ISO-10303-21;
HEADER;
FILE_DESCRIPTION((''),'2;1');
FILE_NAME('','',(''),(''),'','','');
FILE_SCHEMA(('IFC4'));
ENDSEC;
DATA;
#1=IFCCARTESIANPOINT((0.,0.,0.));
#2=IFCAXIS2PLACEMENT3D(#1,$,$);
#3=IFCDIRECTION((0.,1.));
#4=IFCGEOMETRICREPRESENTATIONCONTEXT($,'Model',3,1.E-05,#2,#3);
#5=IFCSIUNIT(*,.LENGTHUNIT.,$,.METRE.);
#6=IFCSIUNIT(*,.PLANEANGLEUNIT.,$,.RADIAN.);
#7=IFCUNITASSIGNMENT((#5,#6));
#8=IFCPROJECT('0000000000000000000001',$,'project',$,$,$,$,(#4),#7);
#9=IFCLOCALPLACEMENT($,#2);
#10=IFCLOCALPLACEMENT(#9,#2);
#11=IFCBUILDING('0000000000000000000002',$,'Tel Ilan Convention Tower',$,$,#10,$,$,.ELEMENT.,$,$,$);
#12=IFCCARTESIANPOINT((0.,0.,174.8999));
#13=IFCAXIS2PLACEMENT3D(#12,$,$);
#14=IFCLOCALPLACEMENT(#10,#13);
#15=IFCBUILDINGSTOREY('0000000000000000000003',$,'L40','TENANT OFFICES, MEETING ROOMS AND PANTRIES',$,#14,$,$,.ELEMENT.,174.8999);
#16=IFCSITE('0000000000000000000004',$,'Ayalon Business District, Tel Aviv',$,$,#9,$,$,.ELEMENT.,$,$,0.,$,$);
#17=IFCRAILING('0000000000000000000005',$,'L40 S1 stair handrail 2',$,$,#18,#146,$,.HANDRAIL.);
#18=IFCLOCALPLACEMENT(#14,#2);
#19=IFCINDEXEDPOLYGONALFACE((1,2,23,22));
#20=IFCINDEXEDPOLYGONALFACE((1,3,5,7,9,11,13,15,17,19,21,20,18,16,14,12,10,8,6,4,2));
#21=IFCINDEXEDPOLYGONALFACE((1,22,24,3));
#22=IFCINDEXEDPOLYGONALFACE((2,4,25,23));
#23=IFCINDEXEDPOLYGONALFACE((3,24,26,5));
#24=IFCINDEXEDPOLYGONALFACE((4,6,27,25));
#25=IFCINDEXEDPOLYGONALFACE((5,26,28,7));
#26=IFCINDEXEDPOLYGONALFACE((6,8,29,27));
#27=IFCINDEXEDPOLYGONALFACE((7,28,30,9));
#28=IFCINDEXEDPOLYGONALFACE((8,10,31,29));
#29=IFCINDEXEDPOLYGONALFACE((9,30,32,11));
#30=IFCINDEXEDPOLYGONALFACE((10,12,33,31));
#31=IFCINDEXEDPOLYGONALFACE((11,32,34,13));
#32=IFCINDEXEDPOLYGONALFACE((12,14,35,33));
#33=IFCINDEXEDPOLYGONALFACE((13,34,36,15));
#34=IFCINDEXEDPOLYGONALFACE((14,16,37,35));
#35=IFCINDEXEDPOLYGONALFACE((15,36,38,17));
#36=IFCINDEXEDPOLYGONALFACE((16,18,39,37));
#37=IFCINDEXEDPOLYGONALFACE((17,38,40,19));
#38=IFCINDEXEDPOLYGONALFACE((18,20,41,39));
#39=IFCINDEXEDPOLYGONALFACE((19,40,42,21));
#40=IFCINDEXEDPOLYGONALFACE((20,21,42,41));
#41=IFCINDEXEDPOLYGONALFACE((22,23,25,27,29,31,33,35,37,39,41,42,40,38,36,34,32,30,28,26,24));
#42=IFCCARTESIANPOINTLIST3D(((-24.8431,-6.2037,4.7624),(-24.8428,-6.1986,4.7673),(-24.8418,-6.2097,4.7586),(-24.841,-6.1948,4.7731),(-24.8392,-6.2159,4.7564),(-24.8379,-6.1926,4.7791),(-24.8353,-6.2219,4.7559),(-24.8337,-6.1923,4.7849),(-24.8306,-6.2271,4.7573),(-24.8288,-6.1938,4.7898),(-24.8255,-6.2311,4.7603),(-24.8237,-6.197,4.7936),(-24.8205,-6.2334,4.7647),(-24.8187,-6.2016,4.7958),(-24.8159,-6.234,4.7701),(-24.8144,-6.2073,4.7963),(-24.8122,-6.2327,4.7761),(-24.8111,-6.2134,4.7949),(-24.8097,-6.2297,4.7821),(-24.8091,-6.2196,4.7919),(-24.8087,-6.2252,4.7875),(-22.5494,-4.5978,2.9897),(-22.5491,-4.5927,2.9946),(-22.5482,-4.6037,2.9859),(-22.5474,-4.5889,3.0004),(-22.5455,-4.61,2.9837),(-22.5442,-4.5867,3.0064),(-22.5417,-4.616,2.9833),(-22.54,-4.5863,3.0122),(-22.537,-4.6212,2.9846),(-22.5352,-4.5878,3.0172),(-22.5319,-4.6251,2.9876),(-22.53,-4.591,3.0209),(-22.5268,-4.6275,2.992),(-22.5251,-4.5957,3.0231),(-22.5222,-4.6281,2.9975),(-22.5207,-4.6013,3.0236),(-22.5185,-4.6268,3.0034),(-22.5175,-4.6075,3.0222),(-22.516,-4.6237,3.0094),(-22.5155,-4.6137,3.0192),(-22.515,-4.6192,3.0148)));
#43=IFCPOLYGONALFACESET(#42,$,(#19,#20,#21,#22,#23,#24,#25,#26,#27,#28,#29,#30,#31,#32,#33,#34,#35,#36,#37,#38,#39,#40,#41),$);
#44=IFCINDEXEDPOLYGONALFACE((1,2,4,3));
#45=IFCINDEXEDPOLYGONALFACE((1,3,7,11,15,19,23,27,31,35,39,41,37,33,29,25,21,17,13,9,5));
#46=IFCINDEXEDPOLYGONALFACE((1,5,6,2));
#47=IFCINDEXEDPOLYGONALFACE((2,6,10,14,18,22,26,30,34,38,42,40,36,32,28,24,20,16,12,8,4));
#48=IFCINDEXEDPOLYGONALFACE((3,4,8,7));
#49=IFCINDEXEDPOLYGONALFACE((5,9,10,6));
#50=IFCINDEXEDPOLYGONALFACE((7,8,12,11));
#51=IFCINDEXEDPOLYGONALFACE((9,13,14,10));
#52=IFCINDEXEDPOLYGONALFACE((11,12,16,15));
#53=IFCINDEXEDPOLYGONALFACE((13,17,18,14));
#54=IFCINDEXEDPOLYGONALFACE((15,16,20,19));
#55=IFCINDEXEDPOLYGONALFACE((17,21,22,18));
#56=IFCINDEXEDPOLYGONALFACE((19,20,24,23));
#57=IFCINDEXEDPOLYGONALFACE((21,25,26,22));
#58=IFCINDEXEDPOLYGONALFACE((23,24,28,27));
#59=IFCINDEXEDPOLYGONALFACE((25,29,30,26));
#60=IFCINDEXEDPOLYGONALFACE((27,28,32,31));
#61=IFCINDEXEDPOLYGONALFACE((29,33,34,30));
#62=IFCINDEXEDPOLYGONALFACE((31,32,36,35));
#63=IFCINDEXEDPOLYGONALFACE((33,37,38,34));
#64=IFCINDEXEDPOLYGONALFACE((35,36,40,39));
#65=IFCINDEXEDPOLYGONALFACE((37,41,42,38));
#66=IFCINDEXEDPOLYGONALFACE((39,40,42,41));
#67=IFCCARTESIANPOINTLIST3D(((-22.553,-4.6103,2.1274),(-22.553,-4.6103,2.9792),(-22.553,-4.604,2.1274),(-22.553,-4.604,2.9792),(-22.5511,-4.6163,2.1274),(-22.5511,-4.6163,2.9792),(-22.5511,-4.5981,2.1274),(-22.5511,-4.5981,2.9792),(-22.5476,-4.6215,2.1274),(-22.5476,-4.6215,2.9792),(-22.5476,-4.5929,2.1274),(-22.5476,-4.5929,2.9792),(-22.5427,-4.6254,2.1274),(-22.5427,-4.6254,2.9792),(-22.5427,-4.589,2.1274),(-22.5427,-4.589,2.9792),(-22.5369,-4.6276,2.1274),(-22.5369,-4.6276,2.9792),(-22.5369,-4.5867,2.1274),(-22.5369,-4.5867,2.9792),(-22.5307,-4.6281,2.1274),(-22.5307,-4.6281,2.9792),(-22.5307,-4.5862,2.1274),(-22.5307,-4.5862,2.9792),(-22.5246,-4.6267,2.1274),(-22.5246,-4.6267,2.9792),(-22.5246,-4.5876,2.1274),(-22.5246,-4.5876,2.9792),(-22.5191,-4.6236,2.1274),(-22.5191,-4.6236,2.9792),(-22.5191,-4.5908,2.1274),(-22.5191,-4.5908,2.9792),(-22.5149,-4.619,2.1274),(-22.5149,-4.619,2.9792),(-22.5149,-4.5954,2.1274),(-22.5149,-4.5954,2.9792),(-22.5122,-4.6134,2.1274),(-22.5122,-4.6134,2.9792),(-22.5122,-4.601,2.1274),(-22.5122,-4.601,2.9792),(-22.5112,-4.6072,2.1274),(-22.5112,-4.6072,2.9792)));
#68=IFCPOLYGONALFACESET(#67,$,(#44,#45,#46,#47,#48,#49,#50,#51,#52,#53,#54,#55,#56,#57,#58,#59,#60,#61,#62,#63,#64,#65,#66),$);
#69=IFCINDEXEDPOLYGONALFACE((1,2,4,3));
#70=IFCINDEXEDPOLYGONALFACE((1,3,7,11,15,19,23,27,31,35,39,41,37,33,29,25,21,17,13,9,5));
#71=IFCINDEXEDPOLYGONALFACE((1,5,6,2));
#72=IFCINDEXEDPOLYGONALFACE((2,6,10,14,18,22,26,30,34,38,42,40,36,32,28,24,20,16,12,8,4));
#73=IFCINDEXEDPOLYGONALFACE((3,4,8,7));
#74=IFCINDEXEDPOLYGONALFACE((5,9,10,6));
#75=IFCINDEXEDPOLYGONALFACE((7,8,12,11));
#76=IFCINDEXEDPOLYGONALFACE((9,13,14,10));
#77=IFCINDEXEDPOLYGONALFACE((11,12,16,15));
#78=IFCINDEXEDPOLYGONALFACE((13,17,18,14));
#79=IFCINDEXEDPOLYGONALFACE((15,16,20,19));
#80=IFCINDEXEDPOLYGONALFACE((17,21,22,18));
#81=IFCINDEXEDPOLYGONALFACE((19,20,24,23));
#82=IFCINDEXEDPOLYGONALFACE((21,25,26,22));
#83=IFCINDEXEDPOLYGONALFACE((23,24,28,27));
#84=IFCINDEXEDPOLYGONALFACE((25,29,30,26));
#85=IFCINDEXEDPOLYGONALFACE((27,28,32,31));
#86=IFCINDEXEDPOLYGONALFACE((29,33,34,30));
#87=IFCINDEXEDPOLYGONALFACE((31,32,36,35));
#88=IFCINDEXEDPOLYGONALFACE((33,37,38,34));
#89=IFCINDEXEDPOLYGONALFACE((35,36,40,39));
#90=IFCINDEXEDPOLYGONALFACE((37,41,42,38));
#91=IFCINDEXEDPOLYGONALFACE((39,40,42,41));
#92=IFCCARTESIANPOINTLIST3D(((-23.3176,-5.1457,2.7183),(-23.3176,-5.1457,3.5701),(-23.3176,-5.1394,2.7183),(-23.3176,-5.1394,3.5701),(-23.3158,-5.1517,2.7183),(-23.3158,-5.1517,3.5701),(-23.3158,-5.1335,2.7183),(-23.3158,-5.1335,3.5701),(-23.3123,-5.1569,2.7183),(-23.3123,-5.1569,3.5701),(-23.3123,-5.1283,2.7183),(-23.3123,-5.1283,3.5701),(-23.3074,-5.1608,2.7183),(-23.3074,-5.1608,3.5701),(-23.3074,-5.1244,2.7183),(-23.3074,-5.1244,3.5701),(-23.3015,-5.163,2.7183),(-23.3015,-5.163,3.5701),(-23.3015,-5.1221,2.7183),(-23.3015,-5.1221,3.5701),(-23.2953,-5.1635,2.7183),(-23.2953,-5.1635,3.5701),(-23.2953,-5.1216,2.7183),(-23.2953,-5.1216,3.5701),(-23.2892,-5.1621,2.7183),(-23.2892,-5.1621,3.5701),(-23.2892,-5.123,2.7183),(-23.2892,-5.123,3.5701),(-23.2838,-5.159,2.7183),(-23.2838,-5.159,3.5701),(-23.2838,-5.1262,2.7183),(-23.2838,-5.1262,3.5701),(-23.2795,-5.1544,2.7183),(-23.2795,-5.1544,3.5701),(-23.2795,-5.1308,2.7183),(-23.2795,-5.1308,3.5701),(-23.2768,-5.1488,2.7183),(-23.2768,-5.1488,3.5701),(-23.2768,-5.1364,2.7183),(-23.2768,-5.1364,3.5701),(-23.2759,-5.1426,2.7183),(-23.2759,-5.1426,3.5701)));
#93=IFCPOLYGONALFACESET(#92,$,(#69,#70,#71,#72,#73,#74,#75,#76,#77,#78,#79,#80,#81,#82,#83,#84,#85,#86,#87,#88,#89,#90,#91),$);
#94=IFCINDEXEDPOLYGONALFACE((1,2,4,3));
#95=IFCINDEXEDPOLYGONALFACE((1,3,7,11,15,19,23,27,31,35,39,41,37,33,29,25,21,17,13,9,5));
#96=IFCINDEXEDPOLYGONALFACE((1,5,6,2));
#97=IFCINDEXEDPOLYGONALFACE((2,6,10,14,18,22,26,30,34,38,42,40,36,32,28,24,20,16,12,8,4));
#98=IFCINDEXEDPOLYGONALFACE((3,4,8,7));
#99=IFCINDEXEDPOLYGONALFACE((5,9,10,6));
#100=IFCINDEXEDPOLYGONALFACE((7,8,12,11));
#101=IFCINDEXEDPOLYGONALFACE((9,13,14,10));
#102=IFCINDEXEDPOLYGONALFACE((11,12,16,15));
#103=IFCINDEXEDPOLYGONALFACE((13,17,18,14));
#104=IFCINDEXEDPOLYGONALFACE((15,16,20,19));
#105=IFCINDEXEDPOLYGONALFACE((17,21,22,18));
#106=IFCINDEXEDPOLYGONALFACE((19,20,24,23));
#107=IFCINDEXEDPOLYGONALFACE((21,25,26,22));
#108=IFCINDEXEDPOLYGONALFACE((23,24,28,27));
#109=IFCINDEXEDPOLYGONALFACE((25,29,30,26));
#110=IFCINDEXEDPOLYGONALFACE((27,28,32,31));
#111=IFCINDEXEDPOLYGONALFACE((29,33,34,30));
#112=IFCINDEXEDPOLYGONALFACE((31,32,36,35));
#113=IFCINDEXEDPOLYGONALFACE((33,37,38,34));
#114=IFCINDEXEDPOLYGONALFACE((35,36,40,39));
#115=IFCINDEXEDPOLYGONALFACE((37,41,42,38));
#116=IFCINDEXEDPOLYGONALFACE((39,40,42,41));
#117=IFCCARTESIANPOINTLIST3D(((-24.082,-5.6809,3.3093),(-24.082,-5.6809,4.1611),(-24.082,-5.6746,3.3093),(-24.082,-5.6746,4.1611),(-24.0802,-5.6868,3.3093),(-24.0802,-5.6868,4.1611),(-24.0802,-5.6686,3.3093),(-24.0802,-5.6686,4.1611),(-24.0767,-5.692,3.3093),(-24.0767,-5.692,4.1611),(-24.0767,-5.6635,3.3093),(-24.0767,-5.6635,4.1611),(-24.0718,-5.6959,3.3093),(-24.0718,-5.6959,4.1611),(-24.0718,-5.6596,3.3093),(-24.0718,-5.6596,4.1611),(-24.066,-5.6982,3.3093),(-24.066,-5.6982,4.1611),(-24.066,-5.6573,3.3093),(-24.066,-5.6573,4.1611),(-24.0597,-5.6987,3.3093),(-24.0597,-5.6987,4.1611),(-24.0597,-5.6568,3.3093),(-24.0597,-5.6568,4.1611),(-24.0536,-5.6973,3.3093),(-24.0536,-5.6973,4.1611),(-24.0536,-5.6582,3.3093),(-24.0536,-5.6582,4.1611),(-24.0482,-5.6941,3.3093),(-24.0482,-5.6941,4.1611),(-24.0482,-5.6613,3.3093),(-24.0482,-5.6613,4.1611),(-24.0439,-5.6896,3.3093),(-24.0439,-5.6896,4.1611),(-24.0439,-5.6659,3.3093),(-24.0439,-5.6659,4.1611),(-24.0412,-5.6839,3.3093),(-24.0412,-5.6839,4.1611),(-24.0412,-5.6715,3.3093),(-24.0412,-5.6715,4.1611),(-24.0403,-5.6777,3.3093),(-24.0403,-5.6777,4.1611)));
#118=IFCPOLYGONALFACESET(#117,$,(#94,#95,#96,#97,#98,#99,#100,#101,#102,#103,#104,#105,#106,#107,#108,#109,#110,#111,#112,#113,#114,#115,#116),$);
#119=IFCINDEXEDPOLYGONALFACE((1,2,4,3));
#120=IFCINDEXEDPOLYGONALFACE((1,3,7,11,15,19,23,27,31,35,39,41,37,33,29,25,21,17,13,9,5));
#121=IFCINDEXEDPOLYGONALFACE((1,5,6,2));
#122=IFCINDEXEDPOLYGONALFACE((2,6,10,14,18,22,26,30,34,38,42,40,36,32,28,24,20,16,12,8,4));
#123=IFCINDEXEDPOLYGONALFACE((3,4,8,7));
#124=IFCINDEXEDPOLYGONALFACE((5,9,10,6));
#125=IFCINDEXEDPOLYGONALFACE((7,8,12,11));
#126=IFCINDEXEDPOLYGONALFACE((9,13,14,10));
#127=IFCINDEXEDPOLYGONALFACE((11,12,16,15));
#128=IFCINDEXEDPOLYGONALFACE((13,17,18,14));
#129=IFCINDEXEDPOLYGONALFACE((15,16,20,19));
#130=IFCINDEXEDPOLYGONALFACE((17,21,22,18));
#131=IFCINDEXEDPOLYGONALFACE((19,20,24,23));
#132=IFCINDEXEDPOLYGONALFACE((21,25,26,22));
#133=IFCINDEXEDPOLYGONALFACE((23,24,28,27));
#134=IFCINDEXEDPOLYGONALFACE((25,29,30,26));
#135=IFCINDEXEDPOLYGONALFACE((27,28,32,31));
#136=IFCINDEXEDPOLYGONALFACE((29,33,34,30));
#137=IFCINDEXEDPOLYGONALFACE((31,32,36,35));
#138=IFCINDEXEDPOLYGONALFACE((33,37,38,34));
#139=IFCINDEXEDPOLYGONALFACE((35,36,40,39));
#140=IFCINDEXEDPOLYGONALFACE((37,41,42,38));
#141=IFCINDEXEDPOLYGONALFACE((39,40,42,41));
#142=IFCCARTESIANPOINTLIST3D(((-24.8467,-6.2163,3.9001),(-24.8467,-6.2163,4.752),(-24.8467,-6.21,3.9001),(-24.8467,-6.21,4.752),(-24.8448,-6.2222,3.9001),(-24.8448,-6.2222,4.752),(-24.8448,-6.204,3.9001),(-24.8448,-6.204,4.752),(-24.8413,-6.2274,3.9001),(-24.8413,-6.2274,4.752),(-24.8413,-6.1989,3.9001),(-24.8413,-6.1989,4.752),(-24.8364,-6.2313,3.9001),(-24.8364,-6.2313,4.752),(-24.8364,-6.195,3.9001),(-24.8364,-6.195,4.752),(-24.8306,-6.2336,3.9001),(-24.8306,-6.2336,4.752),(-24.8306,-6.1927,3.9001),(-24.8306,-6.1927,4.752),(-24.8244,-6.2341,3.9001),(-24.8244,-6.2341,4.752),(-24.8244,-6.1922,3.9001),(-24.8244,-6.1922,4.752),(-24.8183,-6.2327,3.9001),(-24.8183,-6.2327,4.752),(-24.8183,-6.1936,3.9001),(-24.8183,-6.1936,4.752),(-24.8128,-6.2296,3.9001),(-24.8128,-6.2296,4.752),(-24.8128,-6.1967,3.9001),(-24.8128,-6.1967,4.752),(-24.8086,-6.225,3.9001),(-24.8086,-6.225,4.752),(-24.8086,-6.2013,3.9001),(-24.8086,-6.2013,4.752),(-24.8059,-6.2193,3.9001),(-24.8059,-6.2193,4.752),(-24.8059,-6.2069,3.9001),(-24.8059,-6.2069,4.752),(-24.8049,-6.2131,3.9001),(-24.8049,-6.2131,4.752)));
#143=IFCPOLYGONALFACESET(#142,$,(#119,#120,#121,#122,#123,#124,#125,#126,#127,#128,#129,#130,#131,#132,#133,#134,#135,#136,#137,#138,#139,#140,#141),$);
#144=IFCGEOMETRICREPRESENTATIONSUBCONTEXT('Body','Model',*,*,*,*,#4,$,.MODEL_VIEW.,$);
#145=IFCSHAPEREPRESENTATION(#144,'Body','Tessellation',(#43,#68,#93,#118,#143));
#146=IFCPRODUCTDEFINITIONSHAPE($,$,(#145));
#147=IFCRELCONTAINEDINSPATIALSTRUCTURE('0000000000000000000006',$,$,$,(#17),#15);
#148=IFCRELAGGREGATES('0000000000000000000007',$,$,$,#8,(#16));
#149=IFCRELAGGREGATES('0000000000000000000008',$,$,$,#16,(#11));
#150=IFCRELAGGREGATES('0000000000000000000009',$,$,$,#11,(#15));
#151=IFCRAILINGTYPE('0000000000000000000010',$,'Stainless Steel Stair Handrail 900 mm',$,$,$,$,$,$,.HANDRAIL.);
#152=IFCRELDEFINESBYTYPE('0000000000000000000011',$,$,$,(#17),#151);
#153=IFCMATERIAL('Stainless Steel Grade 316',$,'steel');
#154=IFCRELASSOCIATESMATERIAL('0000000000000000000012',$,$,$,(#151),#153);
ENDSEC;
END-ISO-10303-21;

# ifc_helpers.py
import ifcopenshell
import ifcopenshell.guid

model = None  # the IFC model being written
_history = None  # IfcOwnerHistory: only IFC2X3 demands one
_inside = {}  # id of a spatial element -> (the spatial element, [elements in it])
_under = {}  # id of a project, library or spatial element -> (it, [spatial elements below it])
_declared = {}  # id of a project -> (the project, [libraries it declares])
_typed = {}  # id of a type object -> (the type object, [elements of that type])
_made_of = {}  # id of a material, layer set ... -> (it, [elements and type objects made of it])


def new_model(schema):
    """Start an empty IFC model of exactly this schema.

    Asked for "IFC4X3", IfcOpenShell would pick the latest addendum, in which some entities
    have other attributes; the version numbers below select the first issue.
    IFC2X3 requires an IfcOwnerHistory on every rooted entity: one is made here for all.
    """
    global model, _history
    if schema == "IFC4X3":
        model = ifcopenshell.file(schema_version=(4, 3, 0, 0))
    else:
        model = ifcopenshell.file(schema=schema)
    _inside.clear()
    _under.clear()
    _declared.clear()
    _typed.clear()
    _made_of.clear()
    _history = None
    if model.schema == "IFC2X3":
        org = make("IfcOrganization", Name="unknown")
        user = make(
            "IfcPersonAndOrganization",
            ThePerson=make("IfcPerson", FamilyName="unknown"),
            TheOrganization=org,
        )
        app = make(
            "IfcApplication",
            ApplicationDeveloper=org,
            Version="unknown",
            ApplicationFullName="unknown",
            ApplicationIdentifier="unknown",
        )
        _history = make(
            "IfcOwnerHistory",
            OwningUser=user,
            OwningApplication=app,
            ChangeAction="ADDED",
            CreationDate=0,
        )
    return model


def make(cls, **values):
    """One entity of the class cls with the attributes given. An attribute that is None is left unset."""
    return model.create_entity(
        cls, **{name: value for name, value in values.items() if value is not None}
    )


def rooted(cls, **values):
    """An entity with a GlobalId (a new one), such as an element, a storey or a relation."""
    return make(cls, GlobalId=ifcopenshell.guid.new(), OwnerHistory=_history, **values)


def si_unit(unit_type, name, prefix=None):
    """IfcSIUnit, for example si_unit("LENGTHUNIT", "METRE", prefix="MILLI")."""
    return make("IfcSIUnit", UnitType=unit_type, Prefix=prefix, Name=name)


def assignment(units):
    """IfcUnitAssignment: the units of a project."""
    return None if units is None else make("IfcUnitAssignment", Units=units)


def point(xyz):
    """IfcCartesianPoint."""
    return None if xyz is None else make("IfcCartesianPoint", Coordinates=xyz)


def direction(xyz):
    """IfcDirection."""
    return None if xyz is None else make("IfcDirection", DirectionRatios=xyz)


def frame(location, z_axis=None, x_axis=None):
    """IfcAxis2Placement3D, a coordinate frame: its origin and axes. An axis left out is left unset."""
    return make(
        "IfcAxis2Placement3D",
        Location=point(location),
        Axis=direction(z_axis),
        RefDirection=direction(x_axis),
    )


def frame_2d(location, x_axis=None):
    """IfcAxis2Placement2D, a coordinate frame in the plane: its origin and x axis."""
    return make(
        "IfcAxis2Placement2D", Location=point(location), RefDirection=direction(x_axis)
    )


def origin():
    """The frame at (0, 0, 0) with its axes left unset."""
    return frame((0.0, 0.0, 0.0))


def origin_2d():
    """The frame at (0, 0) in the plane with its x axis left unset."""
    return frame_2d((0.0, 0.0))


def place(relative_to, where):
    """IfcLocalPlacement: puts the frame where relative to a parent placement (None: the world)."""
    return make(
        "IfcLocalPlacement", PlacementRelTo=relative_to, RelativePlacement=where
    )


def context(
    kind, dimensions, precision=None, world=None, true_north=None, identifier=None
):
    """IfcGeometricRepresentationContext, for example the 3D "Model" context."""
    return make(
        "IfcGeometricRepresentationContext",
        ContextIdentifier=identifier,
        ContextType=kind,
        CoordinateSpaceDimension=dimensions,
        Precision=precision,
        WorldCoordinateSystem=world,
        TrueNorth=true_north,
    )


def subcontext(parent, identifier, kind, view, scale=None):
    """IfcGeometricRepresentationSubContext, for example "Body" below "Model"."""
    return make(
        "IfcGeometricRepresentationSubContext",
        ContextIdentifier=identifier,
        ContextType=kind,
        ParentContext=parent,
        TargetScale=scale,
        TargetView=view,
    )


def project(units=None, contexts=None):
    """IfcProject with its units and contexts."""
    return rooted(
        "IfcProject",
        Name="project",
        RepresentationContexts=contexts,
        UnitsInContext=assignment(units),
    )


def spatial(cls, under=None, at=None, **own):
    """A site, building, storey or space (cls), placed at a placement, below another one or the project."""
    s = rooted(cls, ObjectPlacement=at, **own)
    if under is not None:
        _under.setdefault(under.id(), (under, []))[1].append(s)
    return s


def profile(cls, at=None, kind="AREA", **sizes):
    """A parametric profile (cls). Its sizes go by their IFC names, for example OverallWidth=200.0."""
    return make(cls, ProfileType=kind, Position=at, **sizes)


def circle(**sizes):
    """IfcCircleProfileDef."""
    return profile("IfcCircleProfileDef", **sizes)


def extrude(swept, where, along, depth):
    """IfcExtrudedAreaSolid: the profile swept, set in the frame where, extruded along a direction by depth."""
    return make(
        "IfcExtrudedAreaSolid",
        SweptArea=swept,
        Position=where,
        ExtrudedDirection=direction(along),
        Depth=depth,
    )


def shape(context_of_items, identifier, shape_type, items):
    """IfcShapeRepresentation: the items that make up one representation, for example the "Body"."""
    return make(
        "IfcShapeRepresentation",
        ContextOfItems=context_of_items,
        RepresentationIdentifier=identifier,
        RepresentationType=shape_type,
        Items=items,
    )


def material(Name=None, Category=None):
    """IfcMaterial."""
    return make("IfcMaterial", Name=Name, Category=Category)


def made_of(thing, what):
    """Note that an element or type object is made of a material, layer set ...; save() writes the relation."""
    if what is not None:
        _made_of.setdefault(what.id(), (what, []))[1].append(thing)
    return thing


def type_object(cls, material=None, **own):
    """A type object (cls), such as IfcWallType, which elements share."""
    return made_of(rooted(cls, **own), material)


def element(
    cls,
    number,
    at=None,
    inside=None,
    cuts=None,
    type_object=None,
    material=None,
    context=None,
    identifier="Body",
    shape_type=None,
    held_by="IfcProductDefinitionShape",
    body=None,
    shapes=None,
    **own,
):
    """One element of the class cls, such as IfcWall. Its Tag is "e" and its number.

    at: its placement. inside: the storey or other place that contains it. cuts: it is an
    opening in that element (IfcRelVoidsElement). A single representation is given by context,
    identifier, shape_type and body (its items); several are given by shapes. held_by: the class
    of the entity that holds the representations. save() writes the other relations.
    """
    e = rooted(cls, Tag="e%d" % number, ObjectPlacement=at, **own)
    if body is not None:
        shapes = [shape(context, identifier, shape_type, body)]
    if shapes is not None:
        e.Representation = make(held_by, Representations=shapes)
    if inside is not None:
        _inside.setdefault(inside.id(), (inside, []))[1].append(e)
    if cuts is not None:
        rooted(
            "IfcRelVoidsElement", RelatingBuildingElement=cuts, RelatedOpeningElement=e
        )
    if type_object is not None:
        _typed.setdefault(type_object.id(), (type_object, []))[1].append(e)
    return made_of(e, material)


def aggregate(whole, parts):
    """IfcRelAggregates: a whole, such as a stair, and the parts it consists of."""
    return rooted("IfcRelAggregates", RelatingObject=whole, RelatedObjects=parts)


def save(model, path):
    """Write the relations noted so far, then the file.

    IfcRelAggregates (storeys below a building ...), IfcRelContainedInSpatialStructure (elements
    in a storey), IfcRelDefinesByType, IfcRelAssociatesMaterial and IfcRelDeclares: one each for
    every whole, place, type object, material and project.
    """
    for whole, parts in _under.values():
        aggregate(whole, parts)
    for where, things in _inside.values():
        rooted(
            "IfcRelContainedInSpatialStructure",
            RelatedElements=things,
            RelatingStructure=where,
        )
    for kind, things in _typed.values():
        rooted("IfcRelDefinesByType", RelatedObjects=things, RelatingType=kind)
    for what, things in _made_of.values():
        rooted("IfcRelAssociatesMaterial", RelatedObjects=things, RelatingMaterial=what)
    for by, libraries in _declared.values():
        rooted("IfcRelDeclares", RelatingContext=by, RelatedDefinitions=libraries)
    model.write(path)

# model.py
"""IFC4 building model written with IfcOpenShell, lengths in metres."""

from ifc_helpers import new_model, si_unit, direction, frame, origin, origin_2d, place, context, subcontext, project, spatial, circle, extrude, material, type_object, element, save


model = new_model("IFC4")

# Units and contexts
model_context = context("Model", 3, precision=1e-05, world=origin(), true_north=direction((0.0, 1.0)))
body_context = subcontext(model_context, "Body", "Model", "MODEL_VIEW")
ifc_project = project(units=[si_unit("LENGTHUNIT", "METRE"), si_unit("PLANEANGLEUNIT", "RADIAN")], contexts=[model_context])

# Site, building, storey
site_placement = place(None, origin())
site = spatial("IfcSite", under=ifc_project, at=site_placement, Name="Ayalon Business District, Tel Aviv", CompositionType="ELEMENT", RefElevation=0.0)
building_placement = place(site_placement, origin())
building = spatial("IfcBuilding", under=site, at=building_placement, Name="Tel Ilan Convention Tower", CompositionType="ELEMENT")
storey_placement = place(building_placement, frame((0.0, 0.0, 174.8999)))
storey = spatial("IfcBuildingStorey", under=building, at=storey_placement, Name="L40", Description="TENANT OFFICES, MEETING ROOMS AND PANTRIES", CompositionType="ELEMENT", Elevation=174.8999)

# Railing
ifc_material_1 = material(Name="Stainless Steel Grade 316", Category="steel")
railing_type_1 = type_object("IfcRailingType", Name="Stainless Steel Stair Handrail 900 mm", PredefinedType="HANDRAIL", material=ifc_material_1)
railing_1_placement = place(storey_placement, frame((-22.5322, -4.6072, 2.1274)))
element("IfcRailing", 1, at=railing_1_placement, inside=storey, type_object=railing_type_1, Name="L40 S1 stair handrail 2", PredefinedType="HANDRAIL", context=body_context, shape_type="SweptSolid", body=[
    extrude(circle(Radius=0.0239, at=origin_2d()), frame((0.0, 0.0, 0.876), z_axis=(-0.692123, -0.484597, 0.534913), x_axis=(0.57355, -0.81917, 0.0)), (0.0, 0.0, 1.0), 3.314),
    extrude(circle(Radius=0.021, at=origin_2d()), origin(), (0.0, 0.0, 1.0), 0.8518),
    extrude(circle(Radius=0.021, at=origin_2d()), frame((-0.7646, -0.5354, 0.5908)), (0.0, 0.0, 1.0), 0.8518),
    extrude(circle(Radius=0.021, at=origin_2d()), frame((-1.5291, -1.0706, 1.1819)), (0.0, 0.0, 1.0), 0.8518),
    extrude(circle(Radius=0.021, at=origin_2d()), frame((-2.2937, -1.606, 1.7727)), (0.0, 0.0, 1.0), 0.8518),
])

save(model, "model.ifc")
